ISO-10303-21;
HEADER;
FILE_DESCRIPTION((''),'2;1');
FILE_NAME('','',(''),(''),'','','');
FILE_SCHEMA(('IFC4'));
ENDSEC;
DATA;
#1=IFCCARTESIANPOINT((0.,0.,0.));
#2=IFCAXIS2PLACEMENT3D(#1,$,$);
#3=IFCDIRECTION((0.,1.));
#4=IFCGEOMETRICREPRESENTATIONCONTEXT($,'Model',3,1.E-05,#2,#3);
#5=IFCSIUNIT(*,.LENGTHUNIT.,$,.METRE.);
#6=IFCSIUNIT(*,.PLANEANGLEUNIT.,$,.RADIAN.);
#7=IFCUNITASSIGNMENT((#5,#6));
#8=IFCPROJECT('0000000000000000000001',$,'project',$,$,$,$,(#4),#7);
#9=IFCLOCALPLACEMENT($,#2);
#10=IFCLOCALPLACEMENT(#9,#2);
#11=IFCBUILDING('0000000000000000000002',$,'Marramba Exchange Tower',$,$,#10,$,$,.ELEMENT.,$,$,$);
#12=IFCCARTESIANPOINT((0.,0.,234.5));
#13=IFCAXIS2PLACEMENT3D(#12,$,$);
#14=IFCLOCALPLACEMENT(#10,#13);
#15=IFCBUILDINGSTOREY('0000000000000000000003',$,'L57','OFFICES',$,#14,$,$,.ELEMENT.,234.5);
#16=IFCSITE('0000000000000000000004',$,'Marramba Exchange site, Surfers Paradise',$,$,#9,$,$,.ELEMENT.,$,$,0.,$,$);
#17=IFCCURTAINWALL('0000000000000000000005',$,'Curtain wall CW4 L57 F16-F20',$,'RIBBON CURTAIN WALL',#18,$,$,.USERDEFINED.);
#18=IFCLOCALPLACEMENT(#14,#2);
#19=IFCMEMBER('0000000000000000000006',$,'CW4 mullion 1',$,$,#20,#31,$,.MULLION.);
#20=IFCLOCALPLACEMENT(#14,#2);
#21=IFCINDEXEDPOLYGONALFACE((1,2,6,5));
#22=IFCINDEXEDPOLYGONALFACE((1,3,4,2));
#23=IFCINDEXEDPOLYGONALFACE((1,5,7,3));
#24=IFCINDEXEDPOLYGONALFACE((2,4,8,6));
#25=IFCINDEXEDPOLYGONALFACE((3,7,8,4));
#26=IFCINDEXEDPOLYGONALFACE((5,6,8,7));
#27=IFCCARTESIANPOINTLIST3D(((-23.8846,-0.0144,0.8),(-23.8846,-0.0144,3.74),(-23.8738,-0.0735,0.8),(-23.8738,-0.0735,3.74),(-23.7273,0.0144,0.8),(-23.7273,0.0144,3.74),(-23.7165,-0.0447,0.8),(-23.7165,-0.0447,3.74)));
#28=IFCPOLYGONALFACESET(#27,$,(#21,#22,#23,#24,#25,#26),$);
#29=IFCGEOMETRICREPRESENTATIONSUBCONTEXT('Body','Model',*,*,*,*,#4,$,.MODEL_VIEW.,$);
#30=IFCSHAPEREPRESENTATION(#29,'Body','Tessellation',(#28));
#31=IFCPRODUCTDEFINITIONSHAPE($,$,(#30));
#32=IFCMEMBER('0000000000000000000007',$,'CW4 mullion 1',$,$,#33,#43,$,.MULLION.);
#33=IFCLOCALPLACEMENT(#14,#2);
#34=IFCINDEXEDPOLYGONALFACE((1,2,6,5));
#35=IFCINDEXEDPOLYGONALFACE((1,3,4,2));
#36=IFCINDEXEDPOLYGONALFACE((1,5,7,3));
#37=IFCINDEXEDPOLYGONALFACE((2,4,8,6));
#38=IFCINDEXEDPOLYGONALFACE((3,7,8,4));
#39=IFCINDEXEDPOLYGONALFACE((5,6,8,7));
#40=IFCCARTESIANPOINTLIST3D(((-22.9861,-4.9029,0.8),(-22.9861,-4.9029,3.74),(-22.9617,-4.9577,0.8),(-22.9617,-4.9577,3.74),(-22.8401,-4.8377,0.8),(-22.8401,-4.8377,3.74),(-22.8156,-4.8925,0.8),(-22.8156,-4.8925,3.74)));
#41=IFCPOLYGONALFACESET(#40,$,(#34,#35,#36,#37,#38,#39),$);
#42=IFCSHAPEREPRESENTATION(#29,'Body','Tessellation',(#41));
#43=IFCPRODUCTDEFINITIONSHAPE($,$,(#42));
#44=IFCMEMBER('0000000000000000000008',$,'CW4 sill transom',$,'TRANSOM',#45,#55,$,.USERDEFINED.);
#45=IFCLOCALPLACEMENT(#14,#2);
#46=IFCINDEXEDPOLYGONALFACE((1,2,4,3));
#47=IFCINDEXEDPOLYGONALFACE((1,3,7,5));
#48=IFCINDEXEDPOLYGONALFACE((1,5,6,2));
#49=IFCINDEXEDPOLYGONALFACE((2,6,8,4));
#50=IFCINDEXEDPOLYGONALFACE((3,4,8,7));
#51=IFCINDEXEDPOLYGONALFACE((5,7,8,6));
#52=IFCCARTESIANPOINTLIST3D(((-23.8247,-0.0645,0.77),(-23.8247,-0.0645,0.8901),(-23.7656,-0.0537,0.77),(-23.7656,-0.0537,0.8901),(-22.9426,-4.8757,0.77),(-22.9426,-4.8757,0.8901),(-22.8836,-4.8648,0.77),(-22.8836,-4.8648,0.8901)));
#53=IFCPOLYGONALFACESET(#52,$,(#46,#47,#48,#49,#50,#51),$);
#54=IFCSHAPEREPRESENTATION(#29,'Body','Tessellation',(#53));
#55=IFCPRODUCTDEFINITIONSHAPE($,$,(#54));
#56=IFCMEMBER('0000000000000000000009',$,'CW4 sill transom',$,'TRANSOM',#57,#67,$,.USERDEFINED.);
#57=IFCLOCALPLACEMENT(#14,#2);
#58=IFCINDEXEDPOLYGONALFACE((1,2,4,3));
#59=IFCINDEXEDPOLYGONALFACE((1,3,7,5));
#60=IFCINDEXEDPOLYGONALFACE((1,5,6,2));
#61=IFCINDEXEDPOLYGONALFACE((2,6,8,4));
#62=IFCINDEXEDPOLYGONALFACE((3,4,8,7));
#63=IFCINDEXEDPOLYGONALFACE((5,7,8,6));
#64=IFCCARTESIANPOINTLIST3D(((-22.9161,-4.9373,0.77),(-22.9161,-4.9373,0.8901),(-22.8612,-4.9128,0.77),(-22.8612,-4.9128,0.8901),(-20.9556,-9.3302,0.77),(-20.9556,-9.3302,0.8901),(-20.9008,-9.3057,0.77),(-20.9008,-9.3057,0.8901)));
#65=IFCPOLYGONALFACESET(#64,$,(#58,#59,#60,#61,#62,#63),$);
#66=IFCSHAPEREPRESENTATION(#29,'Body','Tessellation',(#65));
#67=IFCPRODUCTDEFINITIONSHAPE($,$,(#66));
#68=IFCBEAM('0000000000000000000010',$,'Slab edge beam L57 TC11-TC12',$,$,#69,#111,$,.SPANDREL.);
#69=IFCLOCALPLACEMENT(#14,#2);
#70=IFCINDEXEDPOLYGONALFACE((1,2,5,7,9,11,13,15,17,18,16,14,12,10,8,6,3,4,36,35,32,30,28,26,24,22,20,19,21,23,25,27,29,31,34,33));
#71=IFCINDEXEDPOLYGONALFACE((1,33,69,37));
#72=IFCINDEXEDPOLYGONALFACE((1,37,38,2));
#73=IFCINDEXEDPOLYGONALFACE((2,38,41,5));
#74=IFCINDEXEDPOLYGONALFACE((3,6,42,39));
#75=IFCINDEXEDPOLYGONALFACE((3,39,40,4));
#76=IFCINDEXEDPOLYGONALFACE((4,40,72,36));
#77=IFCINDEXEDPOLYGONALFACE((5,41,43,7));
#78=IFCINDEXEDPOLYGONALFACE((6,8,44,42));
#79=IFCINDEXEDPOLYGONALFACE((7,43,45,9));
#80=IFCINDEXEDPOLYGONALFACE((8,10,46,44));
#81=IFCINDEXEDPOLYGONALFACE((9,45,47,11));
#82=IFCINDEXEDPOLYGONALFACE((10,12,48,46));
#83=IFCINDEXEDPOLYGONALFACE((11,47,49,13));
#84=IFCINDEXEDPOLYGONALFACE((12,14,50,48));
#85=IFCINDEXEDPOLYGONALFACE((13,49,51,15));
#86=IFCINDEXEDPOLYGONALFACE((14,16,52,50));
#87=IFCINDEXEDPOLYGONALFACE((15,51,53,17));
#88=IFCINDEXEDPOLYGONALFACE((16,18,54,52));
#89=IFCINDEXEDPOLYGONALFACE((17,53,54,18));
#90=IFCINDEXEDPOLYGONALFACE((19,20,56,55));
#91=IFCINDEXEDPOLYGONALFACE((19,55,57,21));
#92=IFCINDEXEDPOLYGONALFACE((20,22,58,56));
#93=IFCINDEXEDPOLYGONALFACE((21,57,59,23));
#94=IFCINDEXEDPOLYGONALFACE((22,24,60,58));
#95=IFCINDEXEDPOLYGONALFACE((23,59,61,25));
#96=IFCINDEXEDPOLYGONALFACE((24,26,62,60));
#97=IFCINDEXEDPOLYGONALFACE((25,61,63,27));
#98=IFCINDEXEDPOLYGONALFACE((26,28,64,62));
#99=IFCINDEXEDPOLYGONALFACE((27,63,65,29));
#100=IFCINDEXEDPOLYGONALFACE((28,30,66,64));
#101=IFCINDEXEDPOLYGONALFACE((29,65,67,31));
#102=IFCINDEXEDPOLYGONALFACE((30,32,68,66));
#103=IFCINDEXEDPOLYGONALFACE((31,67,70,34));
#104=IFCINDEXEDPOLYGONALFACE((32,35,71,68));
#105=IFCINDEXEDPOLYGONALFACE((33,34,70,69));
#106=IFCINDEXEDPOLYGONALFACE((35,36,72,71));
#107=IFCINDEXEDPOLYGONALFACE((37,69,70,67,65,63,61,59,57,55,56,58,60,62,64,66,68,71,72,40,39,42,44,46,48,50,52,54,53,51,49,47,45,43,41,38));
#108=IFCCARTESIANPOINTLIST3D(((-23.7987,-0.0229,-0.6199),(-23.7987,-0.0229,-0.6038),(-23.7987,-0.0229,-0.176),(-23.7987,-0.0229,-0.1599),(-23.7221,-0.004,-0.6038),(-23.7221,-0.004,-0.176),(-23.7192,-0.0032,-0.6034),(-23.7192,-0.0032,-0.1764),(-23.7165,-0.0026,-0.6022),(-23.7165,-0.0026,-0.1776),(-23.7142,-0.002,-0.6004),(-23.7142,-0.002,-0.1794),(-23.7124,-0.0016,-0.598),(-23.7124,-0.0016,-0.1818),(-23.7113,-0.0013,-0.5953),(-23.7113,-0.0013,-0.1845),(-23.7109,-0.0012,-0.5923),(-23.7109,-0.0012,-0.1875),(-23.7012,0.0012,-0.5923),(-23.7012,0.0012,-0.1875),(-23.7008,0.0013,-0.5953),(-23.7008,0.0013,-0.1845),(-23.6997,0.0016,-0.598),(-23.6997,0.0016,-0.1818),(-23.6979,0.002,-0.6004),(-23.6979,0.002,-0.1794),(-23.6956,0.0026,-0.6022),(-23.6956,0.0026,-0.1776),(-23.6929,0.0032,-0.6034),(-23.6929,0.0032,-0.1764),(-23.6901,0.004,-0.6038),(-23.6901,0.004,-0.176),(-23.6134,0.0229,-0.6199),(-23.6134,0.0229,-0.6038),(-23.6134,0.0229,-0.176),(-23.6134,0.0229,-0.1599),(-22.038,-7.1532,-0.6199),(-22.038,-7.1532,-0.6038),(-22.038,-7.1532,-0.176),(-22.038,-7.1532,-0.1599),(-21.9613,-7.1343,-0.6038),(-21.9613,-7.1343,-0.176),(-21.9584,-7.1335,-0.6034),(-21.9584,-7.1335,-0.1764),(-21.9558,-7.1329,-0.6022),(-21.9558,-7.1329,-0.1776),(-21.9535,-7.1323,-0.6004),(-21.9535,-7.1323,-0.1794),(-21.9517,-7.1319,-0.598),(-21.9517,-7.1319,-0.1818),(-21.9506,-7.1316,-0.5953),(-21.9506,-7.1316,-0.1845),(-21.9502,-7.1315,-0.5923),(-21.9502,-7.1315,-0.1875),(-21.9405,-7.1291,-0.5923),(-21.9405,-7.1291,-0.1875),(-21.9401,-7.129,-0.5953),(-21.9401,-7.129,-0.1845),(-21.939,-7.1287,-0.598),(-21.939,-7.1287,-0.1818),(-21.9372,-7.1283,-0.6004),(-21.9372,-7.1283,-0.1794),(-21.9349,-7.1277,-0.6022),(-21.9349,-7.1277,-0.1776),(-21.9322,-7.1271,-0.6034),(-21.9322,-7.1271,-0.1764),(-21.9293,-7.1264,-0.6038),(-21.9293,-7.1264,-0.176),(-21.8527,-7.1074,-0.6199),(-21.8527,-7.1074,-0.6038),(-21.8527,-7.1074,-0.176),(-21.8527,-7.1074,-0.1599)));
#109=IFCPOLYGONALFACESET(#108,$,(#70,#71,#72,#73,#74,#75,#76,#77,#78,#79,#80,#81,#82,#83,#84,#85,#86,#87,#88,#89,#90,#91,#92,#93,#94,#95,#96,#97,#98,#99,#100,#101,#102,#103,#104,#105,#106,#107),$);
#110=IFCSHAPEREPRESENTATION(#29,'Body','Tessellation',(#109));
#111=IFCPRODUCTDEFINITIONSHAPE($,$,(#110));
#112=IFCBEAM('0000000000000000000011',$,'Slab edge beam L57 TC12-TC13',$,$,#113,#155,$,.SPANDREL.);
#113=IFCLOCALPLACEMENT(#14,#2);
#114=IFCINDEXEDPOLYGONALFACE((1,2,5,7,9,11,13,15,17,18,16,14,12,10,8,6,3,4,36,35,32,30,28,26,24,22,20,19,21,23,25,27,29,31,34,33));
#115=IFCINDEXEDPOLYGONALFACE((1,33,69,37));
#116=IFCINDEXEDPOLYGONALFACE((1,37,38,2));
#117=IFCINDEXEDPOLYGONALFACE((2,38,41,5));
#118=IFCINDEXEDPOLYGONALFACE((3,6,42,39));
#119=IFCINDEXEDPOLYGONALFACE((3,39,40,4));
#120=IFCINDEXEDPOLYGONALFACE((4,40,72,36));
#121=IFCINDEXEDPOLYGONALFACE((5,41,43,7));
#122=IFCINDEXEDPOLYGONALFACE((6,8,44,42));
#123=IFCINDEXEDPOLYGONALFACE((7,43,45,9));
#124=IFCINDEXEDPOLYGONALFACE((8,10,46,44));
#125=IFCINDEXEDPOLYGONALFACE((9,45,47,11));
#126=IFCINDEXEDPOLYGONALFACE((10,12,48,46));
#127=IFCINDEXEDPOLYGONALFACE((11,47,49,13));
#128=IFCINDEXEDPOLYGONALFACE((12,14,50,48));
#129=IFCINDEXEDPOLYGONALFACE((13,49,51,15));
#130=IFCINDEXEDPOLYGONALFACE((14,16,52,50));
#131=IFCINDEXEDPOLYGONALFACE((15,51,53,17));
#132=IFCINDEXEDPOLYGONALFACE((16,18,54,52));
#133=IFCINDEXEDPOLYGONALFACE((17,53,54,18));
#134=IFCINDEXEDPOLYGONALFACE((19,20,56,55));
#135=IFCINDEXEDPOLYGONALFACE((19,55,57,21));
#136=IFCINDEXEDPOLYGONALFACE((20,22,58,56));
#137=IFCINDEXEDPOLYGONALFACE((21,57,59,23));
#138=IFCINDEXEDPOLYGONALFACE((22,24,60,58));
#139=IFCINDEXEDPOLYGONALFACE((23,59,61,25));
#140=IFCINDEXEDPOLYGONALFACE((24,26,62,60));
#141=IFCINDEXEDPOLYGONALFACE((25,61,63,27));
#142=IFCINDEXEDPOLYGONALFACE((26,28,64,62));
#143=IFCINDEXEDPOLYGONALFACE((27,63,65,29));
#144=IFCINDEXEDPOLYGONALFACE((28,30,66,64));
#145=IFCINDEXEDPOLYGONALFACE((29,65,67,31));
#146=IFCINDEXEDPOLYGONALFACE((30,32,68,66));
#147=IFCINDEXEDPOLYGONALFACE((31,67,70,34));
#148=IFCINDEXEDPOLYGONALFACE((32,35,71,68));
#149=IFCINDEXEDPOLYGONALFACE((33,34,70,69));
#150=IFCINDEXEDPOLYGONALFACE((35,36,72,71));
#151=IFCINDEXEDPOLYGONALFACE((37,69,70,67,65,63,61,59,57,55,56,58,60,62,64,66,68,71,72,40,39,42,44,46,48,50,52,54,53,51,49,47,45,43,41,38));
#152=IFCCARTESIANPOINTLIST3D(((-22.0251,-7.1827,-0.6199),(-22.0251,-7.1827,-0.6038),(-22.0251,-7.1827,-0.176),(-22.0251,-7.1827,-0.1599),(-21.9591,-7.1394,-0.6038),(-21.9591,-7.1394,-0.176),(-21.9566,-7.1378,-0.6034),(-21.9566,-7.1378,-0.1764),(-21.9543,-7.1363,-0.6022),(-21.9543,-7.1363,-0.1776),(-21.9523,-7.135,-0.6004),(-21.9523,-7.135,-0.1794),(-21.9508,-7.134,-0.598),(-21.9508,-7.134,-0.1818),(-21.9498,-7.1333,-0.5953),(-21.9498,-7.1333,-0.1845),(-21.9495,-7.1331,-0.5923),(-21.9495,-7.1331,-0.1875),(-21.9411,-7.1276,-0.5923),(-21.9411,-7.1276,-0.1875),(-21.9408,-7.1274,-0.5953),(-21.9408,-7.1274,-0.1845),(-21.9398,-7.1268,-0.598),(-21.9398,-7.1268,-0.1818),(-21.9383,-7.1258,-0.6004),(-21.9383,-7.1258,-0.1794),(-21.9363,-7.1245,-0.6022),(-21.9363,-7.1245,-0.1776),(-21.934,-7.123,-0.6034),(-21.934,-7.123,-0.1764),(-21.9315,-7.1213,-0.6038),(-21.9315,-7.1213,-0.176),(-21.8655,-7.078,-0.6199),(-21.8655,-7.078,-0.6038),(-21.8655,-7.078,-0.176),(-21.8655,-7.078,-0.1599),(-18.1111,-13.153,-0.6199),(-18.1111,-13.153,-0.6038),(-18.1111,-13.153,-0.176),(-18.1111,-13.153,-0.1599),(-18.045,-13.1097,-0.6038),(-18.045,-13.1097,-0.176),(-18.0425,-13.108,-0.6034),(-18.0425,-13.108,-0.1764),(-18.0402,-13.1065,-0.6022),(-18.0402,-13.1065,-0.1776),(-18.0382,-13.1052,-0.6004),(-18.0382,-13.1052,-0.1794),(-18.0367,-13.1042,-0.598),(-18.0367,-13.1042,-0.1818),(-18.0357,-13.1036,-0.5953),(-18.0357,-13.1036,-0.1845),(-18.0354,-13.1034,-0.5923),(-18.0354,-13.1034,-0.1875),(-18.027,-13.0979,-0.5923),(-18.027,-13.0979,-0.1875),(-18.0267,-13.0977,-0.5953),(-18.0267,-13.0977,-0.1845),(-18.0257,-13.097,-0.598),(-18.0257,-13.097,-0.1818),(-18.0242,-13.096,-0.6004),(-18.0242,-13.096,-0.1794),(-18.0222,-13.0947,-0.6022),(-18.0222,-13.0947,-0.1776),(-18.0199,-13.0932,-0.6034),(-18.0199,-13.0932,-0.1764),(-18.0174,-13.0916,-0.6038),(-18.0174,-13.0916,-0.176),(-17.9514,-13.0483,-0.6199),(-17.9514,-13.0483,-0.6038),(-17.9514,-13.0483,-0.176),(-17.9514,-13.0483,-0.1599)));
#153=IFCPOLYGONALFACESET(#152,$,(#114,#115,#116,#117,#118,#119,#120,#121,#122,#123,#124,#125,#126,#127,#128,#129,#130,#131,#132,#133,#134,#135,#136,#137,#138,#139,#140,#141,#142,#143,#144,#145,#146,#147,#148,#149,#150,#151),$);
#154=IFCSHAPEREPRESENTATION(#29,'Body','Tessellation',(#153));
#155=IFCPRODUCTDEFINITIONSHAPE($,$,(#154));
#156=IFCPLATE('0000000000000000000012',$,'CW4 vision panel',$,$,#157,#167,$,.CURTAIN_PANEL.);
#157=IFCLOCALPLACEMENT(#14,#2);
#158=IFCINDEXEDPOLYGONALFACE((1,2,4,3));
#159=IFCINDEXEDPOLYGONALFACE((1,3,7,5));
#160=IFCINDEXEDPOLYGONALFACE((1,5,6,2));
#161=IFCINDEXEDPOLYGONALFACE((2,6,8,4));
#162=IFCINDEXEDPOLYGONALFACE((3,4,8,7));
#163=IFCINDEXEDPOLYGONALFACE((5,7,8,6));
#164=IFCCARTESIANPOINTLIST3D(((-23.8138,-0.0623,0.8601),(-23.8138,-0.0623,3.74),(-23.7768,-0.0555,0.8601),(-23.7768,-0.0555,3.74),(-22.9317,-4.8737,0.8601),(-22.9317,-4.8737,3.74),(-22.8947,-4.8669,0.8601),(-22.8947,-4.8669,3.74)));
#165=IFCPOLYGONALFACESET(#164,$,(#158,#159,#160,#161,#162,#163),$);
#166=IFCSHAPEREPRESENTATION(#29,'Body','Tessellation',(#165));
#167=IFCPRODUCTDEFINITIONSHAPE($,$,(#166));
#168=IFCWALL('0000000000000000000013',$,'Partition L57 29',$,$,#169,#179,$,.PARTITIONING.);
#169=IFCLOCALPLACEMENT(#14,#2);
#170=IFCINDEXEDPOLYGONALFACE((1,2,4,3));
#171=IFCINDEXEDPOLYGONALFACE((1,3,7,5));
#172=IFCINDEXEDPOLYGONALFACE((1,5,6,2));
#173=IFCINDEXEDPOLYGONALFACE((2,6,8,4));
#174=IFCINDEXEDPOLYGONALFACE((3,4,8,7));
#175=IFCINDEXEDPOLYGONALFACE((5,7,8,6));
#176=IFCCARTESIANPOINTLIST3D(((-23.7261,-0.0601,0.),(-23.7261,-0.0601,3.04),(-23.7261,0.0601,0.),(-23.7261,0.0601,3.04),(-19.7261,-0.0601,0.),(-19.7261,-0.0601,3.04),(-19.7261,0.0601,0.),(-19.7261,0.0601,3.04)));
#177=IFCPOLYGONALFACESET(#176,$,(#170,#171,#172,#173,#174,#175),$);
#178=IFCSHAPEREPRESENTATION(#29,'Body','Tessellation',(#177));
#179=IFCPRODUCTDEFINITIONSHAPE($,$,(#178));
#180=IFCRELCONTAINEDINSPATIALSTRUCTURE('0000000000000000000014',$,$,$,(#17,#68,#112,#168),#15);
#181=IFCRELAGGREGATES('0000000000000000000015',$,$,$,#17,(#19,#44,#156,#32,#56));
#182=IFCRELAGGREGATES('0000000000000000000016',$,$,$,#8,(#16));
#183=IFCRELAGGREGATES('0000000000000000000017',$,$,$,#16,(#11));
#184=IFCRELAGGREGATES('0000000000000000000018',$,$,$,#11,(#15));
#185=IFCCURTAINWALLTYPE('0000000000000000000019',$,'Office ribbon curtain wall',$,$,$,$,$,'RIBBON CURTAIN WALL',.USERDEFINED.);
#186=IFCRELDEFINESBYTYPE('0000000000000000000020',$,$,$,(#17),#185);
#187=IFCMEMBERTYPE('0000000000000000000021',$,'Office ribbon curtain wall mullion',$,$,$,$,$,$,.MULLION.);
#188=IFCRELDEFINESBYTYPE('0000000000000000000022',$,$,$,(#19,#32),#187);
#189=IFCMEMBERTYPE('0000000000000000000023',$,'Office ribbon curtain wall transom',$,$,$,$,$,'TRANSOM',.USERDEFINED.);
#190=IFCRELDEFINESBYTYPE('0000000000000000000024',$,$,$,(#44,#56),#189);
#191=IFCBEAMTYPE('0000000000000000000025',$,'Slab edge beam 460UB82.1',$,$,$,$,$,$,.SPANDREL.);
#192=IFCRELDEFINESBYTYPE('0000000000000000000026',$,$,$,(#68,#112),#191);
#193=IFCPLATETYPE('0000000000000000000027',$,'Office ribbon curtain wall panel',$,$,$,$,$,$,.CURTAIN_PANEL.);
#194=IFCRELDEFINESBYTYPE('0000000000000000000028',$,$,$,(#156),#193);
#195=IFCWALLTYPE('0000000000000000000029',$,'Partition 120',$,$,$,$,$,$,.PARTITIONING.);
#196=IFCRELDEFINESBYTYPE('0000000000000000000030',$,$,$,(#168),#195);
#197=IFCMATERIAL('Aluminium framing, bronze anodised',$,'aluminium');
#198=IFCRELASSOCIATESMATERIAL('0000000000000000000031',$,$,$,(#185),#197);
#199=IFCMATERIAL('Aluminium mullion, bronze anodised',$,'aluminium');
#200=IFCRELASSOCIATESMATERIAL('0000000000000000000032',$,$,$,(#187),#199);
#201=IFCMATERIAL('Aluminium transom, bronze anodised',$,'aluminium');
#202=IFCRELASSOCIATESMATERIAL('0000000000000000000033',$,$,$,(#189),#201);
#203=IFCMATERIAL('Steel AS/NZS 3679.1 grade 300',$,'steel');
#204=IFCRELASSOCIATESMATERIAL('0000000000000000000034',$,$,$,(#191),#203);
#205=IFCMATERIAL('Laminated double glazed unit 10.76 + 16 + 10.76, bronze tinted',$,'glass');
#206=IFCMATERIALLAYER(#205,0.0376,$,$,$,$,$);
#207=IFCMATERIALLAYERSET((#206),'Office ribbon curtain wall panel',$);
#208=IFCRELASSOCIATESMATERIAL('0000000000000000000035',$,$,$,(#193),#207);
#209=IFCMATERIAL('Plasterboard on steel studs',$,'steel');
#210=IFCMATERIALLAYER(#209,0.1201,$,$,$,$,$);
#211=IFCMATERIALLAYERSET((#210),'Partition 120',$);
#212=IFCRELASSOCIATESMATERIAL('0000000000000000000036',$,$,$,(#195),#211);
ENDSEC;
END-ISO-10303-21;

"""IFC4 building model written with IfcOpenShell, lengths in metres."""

from ifc_helpers import new_model, si_unit, direction, frame, frame_2d, origin, origin_2d, place, context, subcontext, project, spatial, rectangle, i_section, extrude, material, layer, layer_set, material_profile, profile_set, type_object, element, aggregate, save


model = new_model("IFC4")

# Units and contexts
model_context = context("Model", 3, precision=1e-05, world=origin(), true_north=direction((0.0, 1.0)))
body_context = subcontext(model_context, "Body", "Model", "MODEL_VIEW")
ifc_project = project(units=[si_unit("LENGTHUNIT", "METRE"), si_unit("PLANEANGLEUNIT", "RADIAN")], contexts=[model_context])

# Site, building, storey
site_placement = place(None, origin())
site = spatial("IfcSite", under=ifc_project, at=site_placement, Name="Marramba Exchange site, Surfers Paradise", CompositionType="ELEMENT", RefElevation=0.0)
building_placement = place(site_placement, origin())
building = spatial("IfcBuilding", under=site, at=building_placement, Name="Marramba Exchange Tower", CompositionType="ELEMENT")
storey_placement = place(building_placement, frame((0.0, 0.0, 234.5)))
storey = spatial("IfcBuildingStorey", under=building, at=storey_placement, Name="L57", Description="OFFICES", CompositionType="ELEMENT", Elevation=234.5)

# Curtain wall, members
ifc_material_1 = material(Name="Aluminium framing, bronze anodised", Category="aluminium")
curtain_wall_type = type_object("IfcCurtainWallType", Name="Office ribbon curtain wall", ElementType="RIBBON CURTAIN WALL", PredefinedType="USERDEFINED", material=ifc_material_1)
curtain_wall_placement = place(storey_placement, origin())
curtain_wall = element("IfcCurtainWall", 1, at=curtain_wall_placement, inside=storey, type_object=curtain_wall_type, Name="Curtain wall CW4 L57 F16-F20", ObjectType="RIBBON CURTAIN WALL", PredefinedType="USERDEFINED")
ifc_material_2 = material(Name="Aluminium mullion, bronze anodised", Category="aluminium")
ifc_material_profile_1 = material_profile(ifc_material_2, rectangle(XDim=0.1599, YDim=0.0601, at=origin_2d()), Name="CW4 mullion 60x160")
ifc_profile_set_1 = profile_set([ifc_material_profile_1], Name="Aluminium mullion, bronze anodised")
member_type_1 = type_object("IfcMemberType", Name="Office ribbon curtain wall mullion", PredefinedType="MULLION", material=ifc_profile_set_1)
member_1_placement = place(storey_placement, frame((-23.8005, -0.0295, 0.8), z_axis=(0.0, 0.0, 1.0), x_axis=(0.983607, 0.180327, 0.0)))
member_1 = element("IfcMember", 2, at=member_1_placement, type_object=member_type_1, Name="CW4 mullion 1", PredefinedType="MULLION", context=body_context, shape_type="SweptSolid", body=[
    extrude(rectangle(XDim=0.1599, YDim=0.0601, at=origin_2d()), origin(), (0.0, 0.0, 1.0), 2.9399),
])
member_2_placement = place(storey_placement, frame((-22.9009, -4.8977, 0.8), z_axis=(0.0, 0.0, 1.0), x_axis=(0.91318, 0.407558, 0.0)))
member_2 = element("IfcMember", 3, at=member_2_placement, type_object=member_type_1, Name="CW4 mullion 1", PredefinedType="MULLION", context=body_context, shape_type="SweptSolid", body=[
    extrude(rectangle(XDim=0.1599, YDim=0.0601, at=origin_2d()), origin(), (0.0, 0.0, 1.0), 2.9399),
])
ifc_material_3 = material(Name="Aluminium transom, bronze anodised", Category="aluminium")
ifc_material_profile_2 = material_profile(ifc_material_3, rectangle(XDim=0.0601, YDim=0.1201, at=origin_2d()), Name="CW4 transom 60x120")
ifc_profile_set_2 = profile_set([ifc_material_profile_2], Name="Aluminium transom, bronze anodised")
member_type_2 = type_object("IfcMemberType", Name="Office ribbon curtain wall transom", ElementType="TRANSOM", PredefinedType="USERDEFINED", material=ifc_profile_set_2)
member_3_placement = place(storey_placement, frame((-23.7952, -0.0591, 0.8301), z_axis=(0.18033, -0.983606, 0.0), x_axis=(0.983606, 0.18033, 0.0)))
member_3 = element("IfcMember", 4, at=member_3_placement, type_object=member_type_2, Name="CW4 sill transom", ObjectType="TRANSOM", PredefinedType="USERDEFINED", context=body_context, shape_type="SweptSolid", body=[
    extrude(rectangle(XDim=0.0601, YDim=0.1201, at=origin_2d()), origin(), (0.0, 0.0, 1.0), 4.8914),
])
member_4_placement = place(storey_placement, frame((-22.8887, -4.925, 0.8301), z_axis=(0.407541, -0.913187, 0.0), x_axis=(0.913187, 0.407541, 0.0)))
member_4 = element("IfcMember", 5, at=member_4_placement, type_object=member_type_2, Name="CW4 sill transom", ObjectType="TRANSOM", PredefinedType="USERDEFINED", context=body_context, shape_type="SweptSolid", body=[
    extrude(rectangle(XDim=0.0601, YDim=0.1201, at=origin_2d()), origin(), (0.0, 0.0, 1.0), 4.8105),
])

# Beams
ifc_material_4 = material(Name="Steel AS/NZS 3679.1 grade 300", Category="steel")
ifc_material_profile_3 = material_profile(ifc_material_4, i_section(OverallWidth=0.1909, OverallDepth=0.46, WebThickness=0.01, FlangeThickness=0.0161, FilletRadius=0.0115, at=origin_2d()), Name="460UB82.1")
ifc_profile_set_3 = profile_set([ifc_material_profile_3], Name="Steel AS/NZS 3679.1 grade 300")
beam_type = type_object("IfcBeamType", Name="Slab edge beam 460UB82.1", PredefinedType="SPANDREL", material=ifc_profile_set_3)
beam_1_placement = place(storey_placement, frame((-23.7061, 0.0, -0.3899), z_axis=(0.239735, -0.970838, 0.0), x_axis=(0.970838, 0.239735, 0.0)))
element("IfcBeam", 6, at=beam_1_placement, inside=storey, type_object=beam_type, Name="Slab edge beam L57 TC11-TC12", PredefinedType="SPANDREL", context=body_context, shape_type="SweptSolid", body=[
    extrude(i_section(OverallWidth=0.1909, OverallDepth=0.46, WebThickness=0.01, FlangeThickness=0.0161, FilletRadius=0.0115, at=origin_2d()), origin(), (0.0, 0.0, 1.0), 7.3445),
])
beam_2_placement = place(storey_placement, frame((-21.9453, -7.1304, -0.3899), z_axis=(0.548275, -0.836298, 0.0), x_axis=(0.836298, 0.548275, 0.0)))
element("IfcBeam", 7, at=beam_2_placement, inside=storey, type_object=beam_type, Name="Slab edge beam L57 TC12-TC13", PredefinedType="SPANDREL", context=body_context, shape_type="SweptSolid", body=[
    extrude(i_section(OverallWidth=0.1909, OverallDepth=0.46, WebThickness=0.01, FlangeThickness=0.0161, FilletRadius=0.0115, at=origin_2d()), origin(), (0.0, 0.0, 1.0), 7.1389),
])

# Plate
ifc_material_5 = material(Name="Laminated double glazed unit 10.76 + 16 + 10.76, bronze tinted", Category="glass")
ifc_layer_1 = layer(ifc_material_5, 0.0376)
ifc_layer_set_1 = layer_set([ifc_layer_1], Name="Office ribbon curtain wall panel")
plate_type = type_object("IfcPlateType", Name="Office ribbon curtain wall panel", PredefinedType="CURTAIN_PANEL", material=ifc_layer_set_1)
plate_placement = place(storey_placement, frame((-23.3542, -2.4646, 0.8601), z_axis=(0.0, 0.0, 1.0), x_axis=(0.180327, -0.983607, 0.0)))
plate = element("IfcPlate", 8, at=plate_placement, type_object=plate_type, Name="CW4 vision panel", PredefinedType="CURTAIN_PANEL", context=body_context, shape_type="SweptSolid", body=[
    extrude(rectangle(XDim=4.8916, YDim=0.0376, at=origin_2d()), origin(), (0.0, 0.0, 1.0), 2.8799),
])
aggregate(curtain_wall, [member_1, member_3, plate, member_2, member_4])

# Wall
ifc_material_6 = material(Name="Plasterboard on steel studs", Category="steel")
ifc_layer_2 = layer(ifc_material_6, 0.1201)
ifc_layer_set_2 = layer_set([ifc_layer_2], Name="Partition 120")
wall_type = type_object("IfcWallType", Name="Partition 120", PredefinedType="PARTITIONING", material=ifc_layer_set_2)
wall_placement = place(storey_placement, frame((-23.7261, 0.0, 0.0), z_axis=(0.0, 0.0, 1.0), x_axis=(1.0, 0.0, 0.0)))
element("IfcWall", 9, at=wall_placement, inside=storey, type_object=wall_type, Name="Partition L57 29", PredefinedType="PARTITIONING", context=body_context, shape_type="SweptSolid", body=[
    extrude(rectangle(XDim=4.0, YDim=0.1201, at=frame_2d((2.0, 0.0))), origin(), (0.0, 0.0, 1.0), 3.04),
])

save(model, "model.ifc")
